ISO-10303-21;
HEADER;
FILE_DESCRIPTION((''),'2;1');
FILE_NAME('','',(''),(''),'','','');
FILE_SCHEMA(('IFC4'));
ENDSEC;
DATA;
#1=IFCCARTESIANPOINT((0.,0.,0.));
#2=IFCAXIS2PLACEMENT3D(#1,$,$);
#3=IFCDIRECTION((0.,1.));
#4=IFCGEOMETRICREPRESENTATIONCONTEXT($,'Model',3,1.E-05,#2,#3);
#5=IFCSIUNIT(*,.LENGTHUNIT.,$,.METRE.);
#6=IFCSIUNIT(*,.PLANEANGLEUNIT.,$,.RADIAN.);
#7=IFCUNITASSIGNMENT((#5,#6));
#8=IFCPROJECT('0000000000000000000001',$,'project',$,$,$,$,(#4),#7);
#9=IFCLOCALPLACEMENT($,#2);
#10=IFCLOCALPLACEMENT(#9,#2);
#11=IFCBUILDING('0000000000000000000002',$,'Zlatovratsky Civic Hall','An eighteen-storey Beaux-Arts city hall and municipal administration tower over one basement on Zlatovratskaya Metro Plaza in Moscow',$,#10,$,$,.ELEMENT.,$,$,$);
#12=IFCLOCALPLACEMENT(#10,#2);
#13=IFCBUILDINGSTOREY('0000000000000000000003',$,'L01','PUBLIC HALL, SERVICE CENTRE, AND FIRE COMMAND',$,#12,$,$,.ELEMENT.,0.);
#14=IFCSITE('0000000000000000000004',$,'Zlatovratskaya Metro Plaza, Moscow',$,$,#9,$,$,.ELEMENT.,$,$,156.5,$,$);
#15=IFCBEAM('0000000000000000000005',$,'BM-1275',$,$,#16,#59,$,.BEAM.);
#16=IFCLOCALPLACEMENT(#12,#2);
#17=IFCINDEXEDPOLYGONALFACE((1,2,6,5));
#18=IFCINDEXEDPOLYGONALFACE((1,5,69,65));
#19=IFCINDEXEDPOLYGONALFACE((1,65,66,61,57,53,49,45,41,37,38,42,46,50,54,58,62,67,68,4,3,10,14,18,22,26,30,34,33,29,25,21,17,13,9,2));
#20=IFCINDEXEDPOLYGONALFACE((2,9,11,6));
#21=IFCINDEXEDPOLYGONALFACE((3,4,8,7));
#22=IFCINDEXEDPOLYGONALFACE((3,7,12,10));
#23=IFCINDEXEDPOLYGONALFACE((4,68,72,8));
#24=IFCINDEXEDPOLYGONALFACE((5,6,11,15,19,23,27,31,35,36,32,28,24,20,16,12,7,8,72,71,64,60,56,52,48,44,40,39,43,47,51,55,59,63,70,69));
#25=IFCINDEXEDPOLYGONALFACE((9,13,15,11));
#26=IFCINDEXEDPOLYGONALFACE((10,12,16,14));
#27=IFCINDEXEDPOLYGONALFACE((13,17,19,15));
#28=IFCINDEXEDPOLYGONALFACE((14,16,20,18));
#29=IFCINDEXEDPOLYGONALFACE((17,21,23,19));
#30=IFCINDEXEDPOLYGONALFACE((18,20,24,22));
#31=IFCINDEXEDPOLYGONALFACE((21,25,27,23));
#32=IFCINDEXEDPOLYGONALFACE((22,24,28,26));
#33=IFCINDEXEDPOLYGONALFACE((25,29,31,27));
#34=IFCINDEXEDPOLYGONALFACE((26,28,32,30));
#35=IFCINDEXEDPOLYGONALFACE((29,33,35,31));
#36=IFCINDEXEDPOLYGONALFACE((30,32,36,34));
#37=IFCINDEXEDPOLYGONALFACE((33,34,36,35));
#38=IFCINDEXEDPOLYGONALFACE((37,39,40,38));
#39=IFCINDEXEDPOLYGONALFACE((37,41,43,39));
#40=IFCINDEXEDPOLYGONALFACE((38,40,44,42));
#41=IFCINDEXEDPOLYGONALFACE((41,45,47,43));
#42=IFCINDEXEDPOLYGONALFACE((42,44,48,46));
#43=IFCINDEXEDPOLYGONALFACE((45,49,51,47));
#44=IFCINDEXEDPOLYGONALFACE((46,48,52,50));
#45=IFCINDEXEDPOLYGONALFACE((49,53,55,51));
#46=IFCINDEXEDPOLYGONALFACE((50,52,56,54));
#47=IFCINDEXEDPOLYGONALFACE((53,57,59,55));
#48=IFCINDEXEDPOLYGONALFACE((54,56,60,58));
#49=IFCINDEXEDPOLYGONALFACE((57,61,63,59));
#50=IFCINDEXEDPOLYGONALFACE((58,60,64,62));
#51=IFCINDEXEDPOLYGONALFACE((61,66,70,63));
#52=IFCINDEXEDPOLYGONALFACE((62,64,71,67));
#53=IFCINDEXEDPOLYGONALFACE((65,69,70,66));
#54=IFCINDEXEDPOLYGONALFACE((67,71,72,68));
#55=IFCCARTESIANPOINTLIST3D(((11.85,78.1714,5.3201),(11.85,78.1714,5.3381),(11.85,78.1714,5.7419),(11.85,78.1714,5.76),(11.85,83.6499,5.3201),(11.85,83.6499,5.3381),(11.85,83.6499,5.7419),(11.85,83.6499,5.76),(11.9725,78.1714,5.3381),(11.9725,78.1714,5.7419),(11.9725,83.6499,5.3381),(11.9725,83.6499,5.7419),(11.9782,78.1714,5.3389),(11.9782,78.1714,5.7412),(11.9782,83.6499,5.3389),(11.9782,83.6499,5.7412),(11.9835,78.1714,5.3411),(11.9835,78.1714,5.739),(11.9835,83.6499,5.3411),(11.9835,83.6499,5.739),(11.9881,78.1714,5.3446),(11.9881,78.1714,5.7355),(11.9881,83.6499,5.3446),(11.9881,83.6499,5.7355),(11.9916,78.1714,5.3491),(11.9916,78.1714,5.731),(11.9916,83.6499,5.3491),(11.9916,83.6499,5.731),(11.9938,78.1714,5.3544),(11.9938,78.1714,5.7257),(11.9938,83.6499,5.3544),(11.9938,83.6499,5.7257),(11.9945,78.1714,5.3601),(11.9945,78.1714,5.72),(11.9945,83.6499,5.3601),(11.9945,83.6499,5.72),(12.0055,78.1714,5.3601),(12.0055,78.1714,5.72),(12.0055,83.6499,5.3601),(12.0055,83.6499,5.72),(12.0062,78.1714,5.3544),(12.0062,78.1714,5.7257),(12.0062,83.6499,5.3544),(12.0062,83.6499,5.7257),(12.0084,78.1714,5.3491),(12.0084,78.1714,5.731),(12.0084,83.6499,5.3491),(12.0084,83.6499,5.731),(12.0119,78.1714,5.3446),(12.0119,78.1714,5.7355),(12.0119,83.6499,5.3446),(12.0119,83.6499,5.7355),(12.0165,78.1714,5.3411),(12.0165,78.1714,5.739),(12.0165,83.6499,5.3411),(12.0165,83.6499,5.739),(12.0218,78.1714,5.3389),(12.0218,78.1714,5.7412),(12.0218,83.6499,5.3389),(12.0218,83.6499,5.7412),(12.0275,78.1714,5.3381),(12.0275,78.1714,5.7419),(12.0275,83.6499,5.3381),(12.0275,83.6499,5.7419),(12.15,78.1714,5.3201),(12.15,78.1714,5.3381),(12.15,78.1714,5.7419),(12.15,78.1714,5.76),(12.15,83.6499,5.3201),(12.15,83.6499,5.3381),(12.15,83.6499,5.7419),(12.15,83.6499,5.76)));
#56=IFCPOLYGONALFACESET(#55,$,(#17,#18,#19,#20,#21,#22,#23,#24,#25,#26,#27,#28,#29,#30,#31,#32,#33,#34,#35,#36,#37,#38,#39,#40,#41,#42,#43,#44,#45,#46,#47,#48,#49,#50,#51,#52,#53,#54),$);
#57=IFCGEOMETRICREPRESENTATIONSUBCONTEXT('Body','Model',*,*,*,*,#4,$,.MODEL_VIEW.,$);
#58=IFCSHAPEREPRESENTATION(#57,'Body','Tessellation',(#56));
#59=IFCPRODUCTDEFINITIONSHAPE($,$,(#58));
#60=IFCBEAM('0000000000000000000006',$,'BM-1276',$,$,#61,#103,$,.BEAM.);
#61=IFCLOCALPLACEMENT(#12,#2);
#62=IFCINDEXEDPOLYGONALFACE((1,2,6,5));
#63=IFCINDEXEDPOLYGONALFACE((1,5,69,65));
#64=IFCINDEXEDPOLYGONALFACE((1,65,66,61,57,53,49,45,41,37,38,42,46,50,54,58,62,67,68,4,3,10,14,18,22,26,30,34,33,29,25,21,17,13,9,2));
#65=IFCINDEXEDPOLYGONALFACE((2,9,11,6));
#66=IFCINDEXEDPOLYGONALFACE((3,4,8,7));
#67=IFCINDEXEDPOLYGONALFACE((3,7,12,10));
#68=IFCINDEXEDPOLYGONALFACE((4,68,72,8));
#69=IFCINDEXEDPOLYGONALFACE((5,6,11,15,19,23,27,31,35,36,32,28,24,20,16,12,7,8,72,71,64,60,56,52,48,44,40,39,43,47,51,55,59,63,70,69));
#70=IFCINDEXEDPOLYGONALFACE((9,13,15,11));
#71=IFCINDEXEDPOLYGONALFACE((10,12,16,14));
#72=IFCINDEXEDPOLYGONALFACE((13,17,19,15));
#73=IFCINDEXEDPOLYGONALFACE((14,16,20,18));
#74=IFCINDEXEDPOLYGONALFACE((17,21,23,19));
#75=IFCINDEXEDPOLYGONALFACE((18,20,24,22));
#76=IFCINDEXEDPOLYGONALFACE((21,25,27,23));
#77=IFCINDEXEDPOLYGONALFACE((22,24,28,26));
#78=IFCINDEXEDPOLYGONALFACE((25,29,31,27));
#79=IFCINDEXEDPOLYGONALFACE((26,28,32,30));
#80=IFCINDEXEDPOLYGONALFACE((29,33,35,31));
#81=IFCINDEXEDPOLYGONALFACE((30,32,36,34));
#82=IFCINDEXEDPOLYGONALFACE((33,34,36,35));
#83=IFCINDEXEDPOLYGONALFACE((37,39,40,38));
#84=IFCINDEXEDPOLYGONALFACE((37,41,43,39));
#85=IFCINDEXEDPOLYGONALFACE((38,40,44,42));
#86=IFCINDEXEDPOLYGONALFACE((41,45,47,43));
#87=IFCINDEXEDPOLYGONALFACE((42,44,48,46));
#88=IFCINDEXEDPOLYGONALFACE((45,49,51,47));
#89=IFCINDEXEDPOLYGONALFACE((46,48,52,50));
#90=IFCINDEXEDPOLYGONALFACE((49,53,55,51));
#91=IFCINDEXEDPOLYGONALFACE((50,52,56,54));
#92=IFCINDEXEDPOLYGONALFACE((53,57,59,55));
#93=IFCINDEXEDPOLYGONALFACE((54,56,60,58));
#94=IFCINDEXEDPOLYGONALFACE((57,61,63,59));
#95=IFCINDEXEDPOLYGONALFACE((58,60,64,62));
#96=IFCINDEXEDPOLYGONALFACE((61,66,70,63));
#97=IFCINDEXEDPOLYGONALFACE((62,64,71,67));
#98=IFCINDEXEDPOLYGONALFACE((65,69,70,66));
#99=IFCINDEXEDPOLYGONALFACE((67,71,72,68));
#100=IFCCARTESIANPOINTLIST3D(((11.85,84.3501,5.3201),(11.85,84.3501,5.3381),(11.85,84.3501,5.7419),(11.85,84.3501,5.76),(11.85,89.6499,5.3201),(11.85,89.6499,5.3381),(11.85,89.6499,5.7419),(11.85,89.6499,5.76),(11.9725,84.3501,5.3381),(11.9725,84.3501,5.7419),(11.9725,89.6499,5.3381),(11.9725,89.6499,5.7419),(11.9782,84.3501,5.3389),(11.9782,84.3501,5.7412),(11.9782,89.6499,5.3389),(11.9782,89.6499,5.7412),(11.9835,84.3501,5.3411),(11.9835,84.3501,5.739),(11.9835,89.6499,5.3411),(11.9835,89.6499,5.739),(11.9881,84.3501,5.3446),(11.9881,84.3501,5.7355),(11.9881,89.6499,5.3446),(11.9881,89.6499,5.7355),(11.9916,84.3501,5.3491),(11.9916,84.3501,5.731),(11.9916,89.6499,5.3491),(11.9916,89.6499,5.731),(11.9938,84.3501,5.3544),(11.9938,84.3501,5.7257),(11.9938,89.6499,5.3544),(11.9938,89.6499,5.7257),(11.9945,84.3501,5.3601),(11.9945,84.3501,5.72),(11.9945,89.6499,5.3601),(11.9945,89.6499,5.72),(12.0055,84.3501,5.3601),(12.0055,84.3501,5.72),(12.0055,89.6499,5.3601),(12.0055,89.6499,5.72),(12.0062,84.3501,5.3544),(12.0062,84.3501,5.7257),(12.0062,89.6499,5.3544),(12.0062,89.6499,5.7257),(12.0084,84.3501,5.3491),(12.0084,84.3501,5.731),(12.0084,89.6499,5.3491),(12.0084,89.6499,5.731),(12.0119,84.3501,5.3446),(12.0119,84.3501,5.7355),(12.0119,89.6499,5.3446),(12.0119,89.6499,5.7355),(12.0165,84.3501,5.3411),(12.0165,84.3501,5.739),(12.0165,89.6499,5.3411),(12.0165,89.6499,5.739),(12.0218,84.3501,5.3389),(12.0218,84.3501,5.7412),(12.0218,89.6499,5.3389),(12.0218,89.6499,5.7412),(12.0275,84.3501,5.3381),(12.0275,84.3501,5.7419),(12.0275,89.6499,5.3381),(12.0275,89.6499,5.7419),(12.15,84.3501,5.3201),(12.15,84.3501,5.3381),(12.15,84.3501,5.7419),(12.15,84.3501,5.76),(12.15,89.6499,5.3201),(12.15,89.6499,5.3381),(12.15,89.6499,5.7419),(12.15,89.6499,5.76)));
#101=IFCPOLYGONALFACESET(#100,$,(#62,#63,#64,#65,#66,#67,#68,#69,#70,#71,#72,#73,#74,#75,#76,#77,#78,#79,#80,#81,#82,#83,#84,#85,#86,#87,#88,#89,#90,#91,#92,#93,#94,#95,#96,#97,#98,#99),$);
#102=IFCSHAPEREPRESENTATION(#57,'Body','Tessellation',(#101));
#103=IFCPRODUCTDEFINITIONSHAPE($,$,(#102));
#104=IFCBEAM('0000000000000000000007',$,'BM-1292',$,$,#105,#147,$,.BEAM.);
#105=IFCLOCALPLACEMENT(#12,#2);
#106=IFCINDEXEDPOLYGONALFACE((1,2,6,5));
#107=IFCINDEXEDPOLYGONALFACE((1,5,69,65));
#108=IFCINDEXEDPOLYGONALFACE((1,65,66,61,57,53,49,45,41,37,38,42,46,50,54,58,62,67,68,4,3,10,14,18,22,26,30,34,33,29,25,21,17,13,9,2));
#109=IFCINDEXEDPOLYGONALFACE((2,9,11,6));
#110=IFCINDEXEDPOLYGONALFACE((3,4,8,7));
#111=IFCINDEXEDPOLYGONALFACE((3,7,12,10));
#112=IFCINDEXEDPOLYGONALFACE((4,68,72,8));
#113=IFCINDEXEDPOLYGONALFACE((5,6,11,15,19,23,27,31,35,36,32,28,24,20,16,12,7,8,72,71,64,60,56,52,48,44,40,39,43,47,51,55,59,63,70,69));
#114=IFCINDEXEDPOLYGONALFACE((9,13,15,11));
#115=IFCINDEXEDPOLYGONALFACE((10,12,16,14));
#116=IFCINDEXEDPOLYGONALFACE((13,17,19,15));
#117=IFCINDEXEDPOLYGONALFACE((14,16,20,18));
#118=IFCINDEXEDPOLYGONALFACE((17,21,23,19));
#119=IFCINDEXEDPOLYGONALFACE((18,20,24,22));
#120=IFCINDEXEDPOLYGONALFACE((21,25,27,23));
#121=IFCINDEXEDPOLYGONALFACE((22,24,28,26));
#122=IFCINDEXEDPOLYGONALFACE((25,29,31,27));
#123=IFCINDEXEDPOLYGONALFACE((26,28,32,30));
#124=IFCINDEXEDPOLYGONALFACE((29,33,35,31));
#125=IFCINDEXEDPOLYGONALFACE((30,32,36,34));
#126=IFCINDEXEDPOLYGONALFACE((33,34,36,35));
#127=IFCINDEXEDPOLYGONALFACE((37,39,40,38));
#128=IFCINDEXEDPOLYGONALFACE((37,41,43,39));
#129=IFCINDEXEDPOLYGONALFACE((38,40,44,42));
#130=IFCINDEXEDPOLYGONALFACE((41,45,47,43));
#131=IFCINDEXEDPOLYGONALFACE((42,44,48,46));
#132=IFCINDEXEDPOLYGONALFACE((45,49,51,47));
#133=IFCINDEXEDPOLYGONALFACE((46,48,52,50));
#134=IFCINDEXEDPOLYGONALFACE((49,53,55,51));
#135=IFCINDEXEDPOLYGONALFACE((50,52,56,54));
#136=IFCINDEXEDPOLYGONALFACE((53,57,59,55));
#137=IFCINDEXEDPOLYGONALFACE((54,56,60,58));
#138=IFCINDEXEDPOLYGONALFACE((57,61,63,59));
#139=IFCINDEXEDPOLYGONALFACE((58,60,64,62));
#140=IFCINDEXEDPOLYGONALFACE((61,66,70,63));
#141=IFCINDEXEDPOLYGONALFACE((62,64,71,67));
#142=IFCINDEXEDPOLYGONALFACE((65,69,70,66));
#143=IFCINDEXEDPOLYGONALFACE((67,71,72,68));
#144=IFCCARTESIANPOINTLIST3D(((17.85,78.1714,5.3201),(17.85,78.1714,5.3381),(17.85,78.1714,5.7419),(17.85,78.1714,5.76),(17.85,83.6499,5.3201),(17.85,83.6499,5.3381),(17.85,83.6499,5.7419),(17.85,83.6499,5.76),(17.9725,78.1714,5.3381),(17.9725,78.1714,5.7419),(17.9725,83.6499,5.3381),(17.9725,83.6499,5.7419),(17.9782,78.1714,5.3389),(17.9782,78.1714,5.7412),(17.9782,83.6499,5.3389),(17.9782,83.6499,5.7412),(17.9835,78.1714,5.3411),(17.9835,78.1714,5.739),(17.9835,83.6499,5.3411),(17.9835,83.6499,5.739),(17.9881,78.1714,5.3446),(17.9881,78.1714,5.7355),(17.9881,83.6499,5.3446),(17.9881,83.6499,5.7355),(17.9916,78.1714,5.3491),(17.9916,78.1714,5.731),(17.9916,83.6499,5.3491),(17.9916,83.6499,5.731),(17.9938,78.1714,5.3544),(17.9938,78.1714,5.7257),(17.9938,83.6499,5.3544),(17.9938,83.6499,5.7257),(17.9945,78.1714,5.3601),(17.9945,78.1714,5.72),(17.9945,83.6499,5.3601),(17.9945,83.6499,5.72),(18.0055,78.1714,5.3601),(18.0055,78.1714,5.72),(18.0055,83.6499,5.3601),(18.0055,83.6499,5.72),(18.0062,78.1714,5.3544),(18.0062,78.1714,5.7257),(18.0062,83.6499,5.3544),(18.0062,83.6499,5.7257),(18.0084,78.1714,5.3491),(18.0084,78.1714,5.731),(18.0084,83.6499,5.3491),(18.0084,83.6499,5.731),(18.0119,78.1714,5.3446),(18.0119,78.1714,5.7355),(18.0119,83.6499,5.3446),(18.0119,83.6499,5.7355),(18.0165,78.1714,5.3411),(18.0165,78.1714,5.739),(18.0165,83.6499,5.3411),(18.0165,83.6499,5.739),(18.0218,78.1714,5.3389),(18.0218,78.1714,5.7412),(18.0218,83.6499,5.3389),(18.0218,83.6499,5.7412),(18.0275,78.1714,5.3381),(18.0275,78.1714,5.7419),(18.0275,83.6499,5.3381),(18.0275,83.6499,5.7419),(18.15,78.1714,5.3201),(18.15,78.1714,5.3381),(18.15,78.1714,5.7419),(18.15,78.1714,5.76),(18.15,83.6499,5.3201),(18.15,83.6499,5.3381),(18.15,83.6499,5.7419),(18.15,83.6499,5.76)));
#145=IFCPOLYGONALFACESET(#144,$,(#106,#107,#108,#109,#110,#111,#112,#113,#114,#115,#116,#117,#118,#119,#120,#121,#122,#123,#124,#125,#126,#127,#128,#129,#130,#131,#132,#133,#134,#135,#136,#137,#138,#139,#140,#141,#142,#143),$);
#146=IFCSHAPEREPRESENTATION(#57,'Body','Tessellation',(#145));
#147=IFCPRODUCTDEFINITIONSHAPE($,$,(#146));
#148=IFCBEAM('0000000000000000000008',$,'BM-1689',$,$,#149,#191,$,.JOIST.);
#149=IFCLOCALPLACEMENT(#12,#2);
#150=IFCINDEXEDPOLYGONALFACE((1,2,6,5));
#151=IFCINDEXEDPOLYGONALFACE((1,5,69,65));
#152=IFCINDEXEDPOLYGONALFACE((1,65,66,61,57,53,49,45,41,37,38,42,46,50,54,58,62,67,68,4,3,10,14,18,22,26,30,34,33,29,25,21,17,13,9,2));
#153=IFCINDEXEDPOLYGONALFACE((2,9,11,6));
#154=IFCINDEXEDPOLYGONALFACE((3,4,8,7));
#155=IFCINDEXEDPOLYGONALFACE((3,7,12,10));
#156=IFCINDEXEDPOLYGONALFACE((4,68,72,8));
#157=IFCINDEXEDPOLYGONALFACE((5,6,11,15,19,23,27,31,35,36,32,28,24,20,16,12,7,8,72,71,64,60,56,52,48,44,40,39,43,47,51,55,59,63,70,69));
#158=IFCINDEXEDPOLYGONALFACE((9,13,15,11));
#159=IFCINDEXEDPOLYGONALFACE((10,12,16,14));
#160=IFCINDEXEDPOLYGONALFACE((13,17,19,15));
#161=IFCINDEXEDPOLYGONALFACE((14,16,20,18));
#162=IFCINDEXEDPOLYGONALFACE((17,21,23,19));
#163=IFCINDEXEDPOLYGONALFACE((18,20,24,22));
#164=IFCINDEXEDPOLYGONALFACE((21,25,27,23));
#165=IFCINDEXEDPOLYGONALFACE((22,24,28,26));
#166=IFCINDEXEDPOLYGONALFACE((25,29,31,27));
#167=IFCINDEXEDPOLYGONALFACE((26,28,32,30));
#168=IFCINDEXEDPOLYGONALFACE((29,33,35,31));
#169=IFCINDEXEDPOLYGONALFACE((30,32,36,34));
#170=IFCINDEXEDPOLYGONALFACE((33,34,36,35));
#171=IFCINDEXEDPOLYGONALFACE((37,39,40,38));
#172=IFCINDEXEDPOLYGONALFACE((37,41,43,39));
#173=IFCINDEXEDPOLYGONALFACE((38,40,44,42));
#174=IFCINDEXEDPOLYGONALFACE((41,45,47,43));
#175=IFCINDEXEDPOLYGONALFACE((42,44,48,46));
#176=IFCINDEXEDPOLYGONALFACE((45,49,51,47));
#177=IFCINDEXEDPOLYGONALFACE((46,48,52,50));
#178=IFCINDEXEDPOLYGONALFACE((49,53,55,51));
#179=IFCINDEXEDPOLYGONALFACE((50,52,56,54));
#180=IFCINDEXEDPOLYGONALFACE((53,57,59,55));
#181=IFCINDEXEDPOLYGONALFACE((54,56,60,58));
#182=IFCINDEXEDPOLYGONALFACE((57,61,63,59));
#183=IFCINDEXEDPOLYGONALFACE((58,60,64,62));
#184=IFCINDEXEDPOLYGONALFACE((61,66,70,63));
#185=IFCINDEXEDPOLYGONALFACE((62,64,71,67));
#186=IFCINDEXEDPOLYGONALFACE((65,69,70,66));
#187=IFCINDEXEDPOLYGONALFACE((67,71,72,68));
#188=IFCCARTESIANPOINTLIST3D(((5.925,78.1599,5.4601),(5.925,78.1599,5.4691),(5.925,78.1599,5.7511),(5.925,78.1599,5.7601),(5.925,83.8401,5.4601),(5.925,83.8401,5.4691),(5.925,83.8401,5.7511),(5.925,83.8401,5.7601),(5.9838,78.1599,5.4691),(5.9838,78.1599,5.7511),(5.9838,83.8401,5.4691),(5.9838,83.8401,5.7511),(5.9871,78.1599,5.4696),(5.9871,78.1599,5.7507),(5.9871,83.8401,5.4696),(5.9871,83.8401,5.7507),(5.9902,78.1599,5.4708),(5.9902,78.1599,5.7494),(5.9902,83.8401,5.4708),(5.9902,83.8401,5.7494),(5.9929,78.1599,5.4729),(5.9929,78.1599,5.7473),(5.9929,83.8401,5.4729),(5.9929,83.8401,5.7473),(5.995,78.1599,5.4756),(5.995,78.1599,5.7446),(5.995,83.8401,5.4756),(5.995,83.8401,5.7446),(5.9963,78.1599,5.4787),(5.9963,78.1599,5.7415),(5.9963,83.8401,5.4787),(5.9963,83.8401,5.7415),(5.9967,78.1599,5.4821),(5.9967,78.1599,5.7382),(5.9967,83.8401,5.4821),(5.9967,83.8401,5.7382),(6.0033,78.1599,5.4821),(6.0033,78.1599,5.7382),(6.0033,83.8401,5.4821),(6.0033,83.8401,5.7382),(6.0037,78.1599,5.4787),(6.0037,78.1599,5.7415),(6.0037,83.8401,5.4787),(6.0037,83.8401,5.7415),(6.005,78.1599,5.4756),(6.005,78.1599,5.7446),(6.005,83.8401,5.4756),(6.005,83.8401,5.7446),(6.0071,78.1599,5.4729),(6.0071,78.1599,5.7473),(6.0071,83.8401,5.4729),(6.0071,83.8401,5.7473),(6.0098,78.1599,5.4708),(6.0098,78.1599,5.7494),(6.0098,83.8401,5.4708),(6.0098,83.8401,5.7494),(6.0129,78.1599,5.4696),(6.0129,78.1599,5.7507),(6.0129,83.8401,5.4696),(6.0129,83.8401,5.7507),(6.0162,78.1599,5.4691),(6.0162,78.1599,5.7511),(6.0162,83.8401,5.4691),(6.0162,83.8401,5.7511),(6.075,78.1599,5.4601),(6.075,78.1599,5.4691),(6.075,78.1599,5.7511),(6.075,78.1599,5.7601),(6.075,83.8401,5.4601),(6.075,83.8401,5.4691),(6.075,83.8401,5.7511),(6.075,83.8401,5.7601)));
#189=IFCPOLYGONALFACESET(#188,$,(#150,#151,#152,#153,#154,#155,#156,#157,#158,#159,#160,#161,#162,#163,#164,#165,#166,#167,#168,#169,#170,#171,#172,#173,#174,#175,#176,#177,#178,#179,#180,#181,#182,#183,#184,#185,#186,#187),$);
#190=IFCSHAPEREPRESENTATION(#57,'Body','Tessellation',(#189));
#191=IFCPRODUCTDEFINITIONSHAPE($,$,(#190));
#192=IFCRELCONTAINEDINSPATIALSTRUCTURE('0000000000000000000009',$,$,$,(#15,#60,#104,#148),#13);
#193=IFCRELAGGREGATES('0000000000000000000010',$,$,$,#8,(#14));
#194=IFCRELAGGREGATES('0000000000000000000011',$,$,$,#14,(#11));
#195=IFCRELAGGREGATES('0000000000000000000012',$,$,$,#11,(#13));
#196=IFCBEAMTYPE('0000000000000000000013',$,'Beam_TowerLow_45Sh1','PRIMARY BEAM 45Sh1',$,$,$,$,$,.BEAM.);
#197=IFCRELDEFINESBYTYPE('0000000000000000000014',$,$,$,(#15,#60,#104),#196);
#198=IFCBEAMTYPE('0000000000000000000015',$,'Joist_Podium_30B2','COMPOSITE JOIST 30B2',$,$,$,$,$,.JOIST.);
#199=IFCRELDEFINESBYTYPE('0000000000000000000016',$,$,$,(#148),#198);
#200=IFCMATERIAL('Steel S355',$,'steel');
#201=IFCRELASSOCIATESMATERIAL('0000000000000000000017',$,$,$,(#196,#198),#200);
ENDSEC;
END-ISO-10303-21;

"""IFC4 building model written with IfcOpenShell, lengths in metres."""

from ifc_helpers import new_model, si_unit, direction, frame, origin, origin_2d, place, context, subcontext, project, spatial, i_section, extrude, material, material_profile, profile_set, type_object, element, save


model = new_model("IFC4")

# Units and contexts
model_context = context("Model", 3, precision=1e-05, world=origin(), true_north=direction((0.0, 1.0)))
body_context = subcontext(model_context, "Body", "Model", "MODEL_VIEW")
ifc_project = project(units=[si_unit("LENGTHUNIT", "METRE"), si_unit("PLANEANGLEUNIT", "RADIAN")], contexts=[model_context])

# Site, building, storey
site_placement = place(None, origin())
site = spatial("IfcSite", under=ifc_project, at=site_placement, Name="Zlatovratskaya Metro Plaza, Moscow", CompositionType="ELEMENT", RefElevation=156.5)
building_placement = place(site_placement, origin())
building = spatial("IfcBuilding", under=site, at=building_placement, Name="Zlatovratsky Civic Hall", Description="An eighteen-storey Beaux-Arts city hall and municipal administration tower over one basement on Zlatovratskaya Metro Plaza in Moscow", CompositionType="ELEMENT")
storey_placement = place(building_placement, origin())
storey = spatial("IfcBuildingStorey", under=building, at=storey_placement, Name="L01", Description="PUBLIC HALL, SERVICE CENTRE, AND FIRE COMMAND", CompositionType="ELEMENT", Elevation=0.0)

# Shared definitions
ifc_material_1 = material(Name="Steel S355", Category="steel")

# Beams
ifc_material_profile_1 = material_profile(ifc_material_1, i_section(OverallWidth=0.3, OverallDepth=0.4399, WebThickness=0.011, FlangeThickness=0.0181, FilletRadius=0.022, at=origin_2d()), Name="45Sh1")
ifc_profile_set_1 = profile_set([ifc_material_profile_1], Name="Steel S355")
beam_type_1 = type_object("IfcBeamType", Name="Beam_TowerLow_45Sh1", Description="PRIMARY BEAM 45Sh1", PredefinedType="BEAM", material=ifc_profile_set_1)
beam_1_placement = place(storey_placement, frame((12.0, 78.1714, 5.54), z_axis=(0.0, 1.0, 0.0), x_axis=(-1.0, 0.0, 0.0)))
element("IfcBeam", 1, at=beam_1_placement, inside=storey, type_object=beam_type_1, Name="BM-1275", PredefinedType="BEAM", context=body_context, shape_type="SweptSolid", body=[
    extrude(i_section(OverallWidth=0.3, OverallDepth=0.4399, WebThickness=0.011, FlangeThickness=0.0181, FilletRadius=0.022, at=origin_2d()), origin(), (0.0, 0.0, 1.0), 5.4785),
])
beam_2_placement = place(storey_placement, frame((12.0, 84.3501, 5.54), z_axis=(0.0, 1.0, 0.0), x_axis=(-1.0, 0.0, 0.0)))
element("IfcBeam", 2, at=beam_2_placement, inside=storey, type_object=beam_type_1, Name="BM-1276", PredefinedType="BEAM", context=body_context, shape_type="SweptSolid", body=[
    extrude(i_section(OverallWidth=0.3, OverallDepth=0.4399, WebThickness=0.011, FlangeThickness=0.0181, FilletRadius=0.022, at=origin_2d()), origin(), (0.0, 0.0, 1.0), 5.2998),
])
beam_3_placement = place(storey_placement, frame((18.0, 78.1714, 5.54), z_axis=(0.0, 1.0, 0.0), x_axis=(-1.0, 0.0, 0.0)))
element("IfcBeam", 3, at=beam_3_placement, inside=storey, type_object=beam_type_1, Name="BM-1292", PredefinedType="BEAM", context=body_context, shape_type="SweptSolid", body=[
    extrude(i_section(OverallWidth=0.3, OverallDepth=0.4399, WebThickness=0.011, FlangeThickness=0.0181, FilletRadius=0.022, at=origin_2d()), origin(), (0.0, 0.0, 1.0), 5.4785),
])
ifc_material_profile_2 = material_profile(ifc_material_1, i_section(OverallWidth=0.1499, OverallDepth=0.3, WebThickness=0.0066, FlangeThickness=0.009, FilletRadius=0.0129, at=origin_2d()), Name="30B2")
ifc_profile_set_2 = profile_set([ifc_material_profile_2], Name="Steel S355")
beam_type_2 = type_object("IfcBeamType", Name="Joist_Podium_30B2", Description="COMPOSITE JOIST 30B2", PredefinedType="JOIST", material=ifc_profile_set_2)
for number, where, z_axis, x_axis, name in (
    (4, (6.0, 78.1599, 5.6101), (0.0, 1.0, 0.0), (-1.0, 0.0, 0.0), "BM-1689"),
):
    element("IfcBeam", number, at=place(storey_placement, frame(where, z_axis=z_axis, x_axis=x_axis)), inside=storey, type_object=beam_type_2, Name=name, PredefinedType="JOIST", context=body_context, shape_type="SweptSolid", body=[
        extrude(i_section(OverallWidth=0.1499, OverallDepth=0.3, WebThickness=0.0066, FlangeThickness=0.009, FilletRadius=0.0129, at=origin_2d()), origin(), (0.0, 0.0, 1.0), 5.6802),
    ])

save(model, "model.ifc")
